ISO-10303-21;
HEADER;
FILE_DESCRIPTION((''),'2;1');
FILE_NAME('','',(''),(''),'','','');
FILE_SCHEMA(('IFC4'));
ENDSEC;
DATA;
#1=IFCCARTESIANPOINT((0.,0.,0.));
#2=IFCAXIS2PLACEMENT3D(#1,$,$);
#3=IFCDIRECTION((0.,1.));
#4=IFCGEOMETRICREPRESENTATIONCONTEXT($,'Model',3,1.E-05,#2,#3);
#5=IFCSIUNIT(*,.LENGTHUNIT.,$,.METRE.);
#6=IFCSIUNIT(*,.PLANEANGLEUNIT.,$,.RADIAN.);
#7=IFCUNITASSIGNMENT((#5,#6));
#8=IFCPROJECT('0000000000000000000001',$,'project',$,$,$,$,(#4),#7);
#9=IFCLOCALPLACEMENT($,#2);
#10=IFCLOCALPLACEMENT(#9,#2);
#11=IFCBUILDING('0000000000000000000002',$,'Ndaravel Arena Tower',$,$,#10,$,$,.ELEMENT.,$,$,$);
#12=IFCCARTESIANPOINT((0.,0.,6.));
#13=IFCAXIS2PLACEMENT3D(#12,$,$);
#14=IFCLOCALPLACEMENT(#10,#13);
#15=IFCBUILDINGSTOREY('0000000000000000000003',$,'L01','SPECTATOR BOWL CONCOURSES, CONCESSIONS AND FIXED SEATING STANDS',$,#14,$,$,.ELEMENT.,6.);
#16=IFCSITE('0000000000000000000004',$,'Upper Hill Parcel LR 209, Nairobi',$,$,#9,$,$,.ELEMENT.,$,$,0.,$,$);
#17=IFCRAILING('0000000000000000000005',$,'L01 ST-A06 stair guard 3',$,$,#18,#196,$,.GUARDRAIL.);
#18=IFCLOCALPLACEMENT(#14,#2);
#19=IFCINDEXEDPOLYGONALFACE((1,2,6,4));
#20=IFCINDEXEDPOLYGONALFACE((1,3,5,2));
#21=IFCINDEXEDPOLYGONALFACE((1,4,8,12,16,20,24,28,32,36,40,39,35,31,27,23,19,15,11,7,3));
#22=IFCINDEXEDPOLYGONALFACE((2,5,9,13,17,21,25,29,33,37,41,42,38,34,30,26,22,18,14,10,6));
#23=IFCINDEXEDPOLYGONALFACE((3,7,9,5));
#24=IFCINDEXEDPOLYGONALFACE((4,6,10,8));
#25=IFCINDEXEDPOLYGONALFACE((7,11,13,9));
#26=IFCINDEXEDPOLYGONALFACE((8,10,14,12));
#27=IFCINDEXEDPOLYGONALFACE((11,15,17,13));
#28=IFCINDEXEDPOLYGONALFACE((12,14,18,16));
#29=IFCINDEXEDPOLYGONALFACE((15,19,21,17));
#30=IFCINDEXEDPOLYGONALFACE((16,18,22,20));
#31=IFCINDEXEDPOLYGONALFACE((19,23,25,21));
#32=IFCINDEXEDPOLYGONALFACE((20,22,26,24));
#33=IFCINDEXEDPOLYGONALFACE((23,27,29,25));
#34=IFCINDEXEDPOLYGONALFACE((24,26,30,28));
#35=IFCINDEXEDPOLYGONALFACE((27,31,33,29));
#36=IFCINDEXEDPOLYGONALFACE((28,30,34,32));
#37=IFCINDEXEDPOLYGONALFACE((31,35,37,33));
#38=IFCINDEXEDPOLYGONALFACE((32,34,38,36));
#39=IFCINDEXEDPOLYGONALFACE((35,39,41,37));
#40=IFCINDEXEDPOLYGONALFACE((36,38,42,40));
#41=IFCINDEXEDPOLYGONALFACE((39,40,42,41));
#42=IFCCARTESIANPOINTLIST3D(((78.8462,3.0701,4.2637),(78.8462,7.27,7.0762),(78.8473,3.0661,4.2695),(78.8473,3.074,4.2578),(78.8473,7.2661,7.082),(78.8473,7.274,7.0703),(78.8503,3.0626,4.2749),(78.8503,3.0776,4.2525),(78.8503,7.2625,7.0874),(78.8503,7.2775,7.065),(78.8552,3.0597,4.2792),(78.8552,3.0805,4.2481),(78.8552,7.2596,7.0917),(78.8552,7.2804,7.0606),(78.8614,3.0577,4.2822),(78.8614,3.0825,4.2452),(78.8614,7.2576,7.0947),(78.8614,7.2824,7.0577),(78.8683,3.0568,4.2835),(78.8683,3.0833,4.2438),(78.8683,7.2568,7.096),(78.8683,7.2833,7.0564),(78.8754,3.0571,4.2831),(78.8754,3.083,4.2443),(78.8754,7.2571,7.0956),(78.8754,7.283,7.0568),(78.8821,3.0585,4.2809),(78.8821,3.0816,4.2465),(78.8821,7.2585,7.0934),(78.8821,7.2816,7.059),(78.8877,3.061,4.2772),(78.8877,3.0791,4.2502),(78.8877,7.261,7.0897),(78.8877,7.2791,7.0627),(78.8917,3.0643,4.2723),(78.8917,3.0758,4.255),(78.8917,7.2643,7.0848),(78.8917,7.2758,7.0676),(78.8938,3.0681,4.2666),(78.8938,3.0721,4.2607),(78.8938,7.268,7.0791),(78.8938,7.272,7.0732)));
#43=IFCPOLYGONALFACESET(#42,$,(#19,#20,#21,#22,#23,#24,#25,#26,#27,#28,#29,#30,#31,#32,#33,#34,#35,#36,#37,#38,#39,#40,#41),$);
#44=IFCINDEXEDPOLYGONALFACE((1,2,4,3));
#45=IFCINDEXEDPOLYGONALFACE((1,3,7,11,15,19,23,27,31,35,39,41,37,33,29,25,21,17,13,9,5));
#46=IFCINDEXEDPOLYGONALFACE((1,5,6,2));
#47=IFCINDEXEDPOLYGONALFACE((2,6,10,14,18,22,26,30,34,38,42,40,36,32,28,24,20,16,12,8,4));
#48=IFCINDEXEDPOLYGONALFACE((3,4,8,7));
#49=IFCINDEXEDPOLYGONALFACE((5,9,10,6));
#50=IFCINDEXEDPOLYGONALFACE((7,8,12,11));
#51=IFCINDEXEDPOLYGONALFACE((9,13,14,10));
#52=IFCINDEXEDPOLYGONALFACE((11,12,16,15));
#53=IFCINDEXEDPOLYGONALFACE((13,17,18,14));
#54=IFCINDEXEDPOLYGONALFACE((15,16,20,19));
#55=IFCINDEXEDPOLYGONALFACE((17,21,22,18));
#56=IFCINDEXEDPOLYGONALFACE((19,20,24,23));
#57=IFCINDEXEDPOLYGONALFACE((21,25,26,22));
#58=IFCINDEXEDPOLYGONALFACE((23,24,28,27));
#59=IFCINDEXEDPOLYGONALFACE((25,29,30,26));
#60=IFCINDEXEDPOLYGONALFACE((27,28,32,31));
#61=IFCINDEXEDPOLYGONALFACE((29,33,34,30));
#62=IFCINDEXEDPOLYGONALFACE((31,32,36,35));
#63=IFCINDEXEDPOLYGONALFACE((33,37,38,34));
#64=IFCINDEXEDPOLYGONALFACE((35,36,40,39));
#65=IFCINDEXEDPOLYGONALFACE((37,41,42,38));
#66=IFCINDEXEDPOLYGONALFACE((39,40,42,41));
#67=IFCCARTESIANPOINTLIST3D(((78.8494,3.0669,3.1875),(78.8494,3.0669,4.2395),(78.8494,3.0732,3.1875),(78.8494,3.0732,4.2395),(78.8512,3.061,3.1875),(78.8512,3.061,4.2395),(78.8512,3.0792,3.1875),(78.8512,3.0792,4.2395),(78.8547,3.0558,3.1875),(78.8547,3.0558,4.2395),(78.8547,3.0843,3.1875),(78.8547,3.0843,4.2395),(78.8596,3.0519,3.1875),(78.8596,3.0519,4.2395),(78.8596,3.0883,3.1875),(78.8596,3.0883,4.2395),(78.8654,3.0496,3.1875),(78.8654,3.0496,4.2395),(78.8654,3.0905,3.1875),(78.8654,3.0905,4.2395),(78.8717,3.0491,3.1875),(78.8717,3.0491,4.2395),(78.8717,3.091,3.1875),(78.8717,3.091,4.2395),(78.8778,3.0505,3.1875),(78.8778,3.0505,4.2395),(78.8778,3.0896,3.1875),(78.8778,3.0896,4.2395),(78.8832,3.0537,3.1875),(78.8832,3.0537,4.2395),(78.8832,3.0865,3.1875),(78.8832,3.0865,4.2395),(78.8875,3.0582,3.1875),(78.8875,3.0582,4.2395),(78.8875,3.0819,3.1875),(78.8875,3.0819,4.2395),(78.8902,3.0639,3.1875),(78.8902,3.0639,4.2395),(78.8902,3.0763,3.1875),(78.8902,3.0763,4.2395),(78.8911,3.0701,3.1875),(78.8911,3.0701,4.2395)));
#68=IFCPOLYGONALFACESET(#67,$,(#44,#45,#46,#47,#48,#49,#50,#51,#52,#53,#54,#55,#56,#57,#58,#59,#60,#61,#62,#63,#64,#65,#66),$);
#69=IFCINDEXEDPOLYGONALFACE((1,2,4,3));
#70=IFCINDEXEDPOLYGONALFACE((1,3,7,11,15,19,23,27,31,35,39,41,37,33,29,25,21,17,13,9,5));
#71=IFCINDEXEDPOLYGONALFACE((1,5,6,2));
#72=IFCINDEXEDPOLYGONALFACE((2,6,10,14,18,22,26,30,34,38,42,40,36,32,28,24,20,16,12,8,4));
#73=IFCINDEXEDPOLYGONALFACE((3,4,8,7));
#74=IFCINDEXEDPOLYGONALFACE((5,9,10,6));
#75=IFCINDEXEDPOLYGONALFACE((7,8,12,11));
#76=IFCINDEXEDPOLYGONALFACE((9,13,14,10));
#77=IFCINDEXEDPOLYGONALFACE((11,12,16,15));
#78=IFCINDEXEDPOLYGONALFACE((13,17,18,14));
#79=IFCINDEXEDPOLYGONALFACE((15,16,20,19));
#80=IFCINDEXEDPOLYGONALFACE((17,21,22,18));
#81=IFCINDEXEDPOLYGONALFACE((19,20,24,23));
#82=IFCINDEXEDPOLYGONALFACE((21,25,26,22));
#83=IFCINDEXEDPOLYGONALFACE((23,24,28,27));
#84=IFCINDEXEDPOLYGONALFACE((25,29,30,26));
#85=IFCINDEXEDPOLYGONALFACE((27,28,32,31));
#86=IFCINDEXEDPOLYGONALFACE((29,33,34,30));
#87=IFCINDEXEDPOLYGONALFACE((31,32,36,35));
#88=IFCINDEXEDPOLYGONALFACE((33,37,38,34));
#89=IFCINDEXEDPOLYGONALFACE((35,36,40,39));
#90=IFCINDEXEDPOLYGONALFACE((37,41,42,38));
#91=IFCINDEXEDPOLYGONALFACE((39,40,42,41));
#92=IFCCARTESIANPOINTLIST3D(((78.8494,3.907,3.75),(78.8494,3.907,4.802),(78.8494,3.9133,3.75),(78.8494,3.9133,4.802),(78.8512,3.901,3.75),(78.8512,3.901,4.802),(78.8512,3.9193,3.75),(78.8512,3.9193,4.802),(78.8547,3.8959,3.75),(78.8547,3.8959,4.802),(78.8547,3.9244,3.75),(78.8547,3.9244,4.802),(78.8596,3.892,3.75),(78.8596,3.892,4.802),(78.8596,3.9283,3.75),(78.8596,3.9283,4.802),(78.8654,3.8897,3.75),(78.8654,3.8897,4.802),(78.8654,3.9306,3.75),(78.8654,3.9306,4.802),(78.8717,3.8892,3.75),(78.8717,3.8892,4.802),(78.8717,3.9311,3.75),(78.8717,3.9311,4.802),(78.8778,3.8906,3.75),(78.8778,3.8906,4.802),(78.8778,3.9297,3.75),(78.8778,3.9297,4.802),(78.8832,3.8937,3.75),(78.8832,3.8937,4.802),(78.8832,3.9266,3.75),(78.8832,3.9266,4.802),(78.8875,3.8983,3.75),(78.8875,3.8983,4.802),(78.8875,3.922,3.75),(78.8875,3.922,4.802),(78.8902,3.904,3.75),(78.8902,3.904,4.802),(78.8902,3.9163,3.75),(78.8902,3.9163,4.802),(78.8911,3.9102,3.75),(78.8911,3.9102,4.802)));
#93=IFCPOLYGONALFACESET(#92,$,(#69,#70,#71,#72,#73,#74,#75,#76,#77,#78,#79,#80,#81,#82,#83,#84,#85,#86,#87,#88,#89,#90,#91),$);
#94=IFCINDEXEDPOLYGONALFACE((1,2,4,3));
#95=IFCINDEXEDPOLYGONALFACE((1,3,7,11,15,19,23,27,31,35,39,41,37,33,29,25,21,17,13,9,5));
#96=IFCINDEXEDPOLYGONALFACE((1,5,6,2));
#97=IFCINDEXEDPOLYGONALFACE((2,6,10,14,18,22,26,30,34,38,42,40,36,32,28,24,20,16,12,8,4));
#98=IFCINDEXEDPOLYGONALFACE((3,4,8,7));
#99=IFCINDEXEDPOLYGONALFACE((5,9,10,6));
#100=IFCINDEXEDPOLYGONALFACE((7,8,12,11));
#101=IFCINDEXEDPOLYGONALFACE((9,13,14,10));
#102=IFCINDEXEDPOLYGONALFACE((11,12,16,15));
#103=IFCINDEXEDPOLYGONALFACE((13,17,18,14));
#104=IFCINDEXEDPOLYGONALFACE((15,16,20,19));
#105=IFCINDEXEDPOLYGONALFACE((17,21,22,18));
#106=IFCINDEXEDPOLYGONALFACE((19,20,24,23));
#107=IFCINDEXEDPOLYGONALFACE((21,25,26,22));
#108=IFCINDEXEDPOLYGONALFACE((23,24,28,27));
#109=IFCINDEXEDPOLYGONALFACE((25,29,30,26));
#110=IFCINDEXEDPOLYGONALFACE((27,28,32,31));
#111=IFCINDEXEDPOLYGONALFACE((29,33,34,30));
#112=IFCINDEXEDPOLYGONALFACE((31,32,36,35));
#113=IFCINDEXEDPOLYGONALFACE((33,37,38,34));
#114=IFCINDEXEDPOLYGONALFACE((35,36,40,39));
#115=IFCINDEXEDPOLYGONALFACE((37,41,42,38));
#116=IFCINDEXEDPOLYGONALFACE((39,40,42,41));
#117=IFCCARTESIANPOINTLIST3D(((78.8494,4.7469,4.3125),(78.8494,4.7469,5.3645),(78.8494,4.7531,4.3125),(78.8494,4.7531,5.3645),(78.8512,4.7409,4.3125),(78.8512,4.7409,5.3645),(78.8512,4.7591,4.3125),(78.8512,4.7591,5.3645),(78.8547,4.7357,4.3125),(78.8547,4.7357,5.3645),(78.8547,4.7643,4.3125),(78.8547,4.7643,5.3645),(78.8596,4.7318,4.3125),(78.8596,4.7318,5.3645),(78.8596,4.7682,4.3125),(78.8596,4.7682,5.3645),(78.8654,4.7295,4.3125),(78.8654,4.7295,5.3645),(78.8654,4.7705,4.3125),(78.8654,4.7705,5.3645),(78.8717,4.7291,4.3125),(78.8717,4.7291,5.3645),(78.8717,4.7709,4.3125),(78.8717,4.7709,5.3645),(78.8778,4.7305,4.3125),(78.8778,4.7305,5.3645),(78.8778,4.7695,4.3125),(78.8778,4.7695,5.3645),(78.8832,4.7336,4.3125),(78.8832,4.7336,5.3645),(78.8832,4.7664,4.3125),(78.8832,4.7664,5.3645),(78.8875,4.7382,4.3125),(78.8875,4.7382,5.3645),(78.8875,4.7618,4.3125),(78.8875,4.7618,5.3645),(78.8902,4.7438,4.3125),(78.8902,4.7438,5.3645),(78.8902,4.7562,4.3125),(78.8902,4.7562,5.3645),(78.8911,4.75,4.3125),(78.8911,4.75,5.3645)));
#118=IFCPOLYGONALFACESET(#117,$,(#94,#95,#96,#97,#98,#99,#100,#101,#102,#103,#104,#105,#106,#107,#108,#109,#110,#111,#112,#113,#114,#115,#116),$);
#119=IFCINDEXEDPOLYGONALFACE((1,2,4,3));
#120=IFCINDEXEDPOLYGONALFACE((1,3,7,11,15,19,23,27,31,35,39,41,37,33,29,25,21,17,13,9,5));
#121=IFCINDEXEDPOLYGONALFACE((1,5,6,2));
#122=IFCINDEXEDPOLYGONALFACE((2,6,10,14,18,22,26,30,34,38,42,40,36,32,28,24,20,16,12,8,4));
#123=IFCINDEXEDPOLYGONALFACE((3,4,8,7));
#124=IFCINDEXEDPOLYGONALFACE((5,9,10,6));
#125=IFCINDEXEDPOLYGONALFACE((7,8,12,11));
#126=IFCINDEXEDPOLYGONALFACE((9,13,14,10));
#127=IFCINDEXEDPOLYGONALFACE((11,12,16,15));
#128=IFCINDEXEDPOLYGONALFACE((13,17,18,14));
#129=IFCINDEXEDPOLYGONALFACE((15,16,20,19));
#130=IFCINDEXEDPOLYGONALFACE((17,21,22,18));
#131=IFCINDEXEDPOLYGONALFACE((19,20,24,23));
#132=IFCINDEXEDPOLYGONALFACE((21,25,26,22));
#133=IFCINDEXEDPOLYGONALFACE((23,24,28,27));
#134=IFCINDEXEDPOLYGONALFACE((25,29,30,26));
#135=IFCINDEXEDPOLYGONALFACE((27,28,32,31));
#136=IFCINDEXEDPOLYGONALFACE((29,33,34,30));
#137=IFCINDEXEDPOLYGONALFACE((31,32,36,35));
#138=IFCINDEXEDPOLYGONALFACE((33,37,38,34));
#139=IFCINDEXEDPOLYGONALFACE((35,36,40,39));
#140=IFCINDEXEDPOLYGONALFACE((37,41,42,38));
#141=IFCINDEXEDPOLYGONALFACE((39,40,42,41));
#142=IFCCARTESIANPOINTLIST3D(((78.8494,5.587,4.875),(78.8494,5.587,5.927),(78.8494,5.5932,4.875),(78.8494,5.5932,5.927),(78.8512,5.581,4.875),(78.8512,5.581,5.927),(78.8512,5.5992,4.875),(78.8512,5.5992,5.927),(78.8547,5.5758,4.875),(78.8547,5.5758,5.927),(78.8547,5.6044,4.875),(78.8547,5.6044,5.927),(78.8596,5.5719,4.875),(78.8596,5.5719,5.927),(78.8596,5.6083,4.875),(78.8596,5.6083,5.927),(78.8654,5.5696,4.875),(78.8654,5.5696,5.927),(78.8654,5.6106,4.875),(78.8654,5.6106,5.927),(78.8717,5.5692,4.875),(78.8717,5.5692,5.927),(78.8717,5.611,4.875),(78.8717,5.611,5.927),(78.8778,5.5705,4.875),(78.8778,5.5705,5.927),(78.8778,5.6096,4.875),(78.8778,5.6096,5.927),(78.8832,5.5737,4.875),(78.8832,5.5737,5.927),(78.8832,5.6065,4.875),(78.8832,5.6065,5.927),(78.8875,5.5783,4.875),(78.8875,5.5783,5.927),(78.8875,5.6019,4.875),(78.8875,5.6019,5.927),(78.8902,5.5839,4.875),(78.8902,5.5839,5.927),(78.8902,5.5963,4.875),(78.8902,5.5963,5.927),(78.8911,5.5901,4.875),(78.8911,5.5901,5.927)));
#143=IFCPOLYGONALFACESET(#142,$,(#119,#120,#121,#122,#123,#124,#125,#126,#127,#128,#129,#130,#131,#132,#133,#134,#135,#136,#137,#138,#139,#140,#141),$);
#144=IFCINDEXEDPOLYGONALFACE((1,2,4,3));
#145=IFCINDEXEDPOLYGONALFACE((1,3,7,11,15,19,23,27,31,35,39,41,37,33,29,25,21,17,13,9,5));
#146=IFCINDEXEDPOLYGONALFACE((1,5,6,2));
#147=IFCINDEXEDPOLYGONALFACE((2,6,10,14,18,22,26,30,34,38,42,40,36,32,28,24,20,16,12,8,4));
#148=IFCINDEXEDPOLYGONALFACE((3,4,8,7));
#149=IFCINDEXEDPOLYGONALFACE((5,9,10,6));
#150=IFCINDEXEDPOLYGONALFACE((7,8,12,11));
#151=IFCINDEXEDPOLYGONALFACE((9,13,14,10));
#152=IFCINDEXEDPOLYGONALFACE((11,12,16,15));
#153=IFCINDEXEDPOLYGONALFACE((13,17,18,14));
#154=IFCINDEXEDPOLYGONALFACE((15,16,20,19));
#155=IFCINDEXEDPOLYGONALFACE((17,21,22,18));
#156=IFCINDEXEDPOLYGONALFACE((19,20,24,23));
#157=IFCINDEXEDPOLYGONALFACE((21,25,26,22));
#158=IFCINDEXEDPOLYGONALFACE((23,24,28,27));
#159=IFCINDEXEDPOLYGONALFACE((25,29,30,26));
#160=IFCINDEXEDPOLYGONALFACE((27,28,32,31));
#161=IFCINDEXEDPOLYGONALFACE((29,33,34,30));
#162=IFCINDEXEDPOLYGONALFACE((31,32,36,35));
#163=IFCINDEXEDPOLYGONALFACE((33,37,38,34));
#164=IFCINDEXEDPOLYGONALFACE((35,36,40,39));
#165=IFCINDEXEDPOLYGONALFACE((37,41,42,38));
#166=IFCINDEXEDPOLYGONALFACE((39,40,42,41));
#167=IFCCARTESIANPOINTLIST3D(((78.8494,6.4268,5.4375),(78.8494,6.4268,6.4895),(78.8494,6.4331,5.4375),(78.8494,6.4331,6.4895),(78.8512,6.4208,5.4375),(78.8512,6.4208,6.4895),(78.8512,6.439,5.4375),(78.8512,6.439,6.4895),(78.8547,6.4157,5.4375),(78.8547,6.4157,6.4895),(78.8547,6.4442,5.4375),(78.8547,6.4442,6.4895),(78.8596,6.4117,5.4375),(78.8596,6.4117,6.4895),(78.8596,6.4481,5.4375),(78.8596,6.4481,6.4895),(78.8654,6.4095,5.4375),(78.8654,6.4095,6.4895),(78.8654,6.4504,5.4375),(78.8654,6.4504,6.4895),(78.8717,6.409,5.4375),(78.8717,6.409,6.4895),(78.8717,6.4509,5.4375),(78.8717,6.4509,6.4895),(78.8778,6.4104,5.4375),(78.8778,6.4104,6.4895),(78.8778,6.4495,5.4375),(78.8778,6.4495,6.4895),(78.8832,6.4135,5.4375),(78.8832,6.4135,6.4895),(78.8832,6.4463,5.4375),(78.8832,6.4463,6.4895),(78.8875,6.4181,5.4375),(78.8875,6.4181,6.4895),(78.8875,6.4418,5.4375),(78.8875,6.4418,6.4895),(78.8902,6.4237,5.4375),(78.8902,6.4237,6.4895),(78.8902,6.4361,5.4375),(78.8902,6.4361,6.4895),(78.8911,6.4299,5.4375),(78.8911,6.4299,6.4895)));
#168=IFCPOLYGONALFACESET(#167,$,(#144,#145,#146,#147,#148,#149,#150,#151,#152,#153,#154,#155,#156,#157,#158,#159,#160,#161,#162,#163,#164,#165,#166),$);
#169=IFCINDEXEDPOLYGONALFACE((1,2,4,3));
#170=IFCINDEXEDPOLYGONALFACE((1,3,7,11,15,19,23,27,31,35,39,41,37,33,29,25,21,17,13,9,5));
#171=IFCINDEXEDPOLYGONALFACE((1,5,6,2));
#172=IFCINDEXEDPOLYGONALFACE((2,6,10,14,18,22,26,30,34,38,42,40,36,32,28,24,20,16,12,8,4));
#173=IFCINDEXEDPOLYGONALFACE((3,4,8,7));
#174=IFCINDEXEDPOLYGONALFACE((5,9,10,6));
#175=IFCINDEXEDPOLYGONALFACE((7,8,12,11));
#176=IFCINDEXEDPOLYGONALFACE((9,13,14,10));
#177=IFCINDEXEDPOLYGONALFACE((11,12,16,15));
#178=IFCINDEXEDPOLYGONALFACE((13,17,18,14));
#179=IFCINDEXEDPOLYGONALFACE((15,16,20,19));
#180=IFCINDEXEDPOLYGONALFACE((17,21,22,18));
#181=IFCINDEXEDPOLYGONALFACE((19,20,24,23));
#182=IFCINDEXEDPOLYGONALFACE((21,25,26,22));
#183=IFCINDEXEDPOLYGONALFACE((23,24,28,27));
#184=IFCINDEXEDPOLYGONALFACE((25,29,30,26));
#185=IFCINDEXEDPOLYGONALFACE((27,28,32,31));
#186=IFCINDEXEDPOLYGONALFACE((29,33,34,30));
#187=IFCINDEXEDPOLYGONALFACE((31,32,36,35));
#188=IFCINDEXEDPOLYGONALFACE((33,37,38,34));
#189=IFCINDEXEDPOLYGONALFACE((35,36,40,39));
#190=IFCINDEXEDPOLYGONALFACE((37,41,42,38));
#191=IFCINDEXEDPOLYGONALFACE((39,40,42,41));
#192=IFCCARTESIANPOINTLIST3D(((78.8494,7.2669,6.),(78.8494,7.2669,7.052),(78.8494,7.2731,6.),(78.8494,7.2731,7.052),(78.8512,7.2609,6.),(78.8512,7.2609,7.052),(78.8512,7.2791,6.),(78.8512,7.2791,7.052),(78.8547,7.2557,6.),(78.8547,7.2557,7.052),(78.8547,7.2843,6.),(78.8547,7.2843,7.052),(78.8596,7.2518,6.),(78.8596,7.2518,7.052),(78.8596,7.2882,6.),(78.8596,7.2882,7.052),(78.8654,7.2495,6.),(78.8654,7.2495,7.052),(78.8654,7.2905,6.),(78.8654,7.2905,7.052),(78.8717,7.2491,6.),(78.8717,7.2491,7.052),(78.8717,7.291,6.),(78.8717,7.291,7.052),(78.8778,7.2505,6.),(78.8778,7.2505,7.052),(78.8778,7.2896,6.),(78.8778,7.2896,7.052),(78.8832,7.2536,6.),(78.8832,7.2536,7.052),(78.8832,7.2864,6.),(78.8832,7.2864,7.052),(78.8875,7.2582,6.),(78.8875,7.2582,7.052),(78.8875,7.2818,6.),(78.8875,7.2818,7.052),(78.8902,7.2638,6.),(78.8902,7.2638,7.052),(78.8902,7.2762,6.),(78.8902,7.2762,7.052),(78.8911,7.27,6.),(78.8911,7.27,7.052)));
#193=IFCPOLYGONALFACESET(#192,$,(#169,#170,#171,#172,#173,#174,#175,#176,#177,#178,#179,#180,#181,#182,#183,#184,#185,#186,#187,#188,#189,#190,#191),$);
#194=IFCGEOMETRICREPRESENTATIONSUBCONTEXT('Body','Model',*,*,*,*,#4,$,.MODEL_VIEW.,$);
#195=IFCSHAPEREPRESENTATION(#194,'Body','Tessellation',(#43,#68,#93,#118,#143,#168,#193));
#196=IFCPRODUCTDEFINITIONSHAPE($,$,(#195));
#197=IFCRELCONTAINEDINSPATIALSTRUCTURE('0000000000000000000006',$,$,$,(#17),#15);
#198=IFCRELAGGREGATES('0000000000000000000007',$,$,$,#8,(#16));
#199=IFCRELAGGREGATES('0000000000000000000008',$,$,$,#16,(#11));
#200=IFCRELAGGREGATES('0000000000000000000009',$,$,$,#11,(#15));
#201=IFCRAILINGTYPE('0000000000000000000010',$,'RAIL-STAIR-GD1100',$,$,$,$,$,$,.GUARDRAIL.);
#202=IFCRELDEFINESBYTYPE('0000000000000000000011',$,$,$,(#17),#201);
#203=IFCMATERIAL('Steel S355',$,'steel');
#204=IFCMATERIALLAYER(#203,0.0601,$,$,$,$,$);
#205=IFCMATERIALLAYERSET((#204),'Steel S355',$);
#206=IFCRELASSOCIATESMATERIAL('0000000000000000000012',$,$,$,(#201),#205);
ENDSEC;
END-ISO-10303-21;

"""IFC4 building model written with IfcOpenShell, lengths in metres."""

from ifc_helpers import new_model, si_unit, direction, frame, origin, origin_2d, place, context, subcontext, project, spatial, circle, extrude, material, layer, layer_set, type_object, element, save


model = new_model("IFC4")

# Units and contexts
model_context = context("Model", 3, precision=1e-05, world=origin(), true_north=direction((0.0, 1.0)))
body_context = subcontext(model_context, "Body", "Model", "MODEL_VIEW")
ifc_project = project(units=[si_unit("LENGTHUNIT", "METRE"), si_unit("PLANEANGLEUNIT", "RADIAN")], contexts=[model_context])

# Site, building, storey
site_placement = place(None, origin())
site = spatial("IfcSite", under=ifc_project, at=site_placement, Name="Upper Hill Parcel LR 209, Nairobi", CompositionType="ELEMENT", RefElevation=0.0)
building_placement = place(site_placement, origin())
building = spatial("IfcBuilding", under=site, at=building_placement, Name="Ndaravel Arena Tower", CompositionType="ELEMENT")
storey_placement = place(building_placement, frame((0.0, 0.0, 6.0)))
storey = spatial("IfcBuildingStorey", under=building, at=storey_placement, Name="L01", Description="SPECTATOR BOWL CONCOURSES, CONCESSIONS AND FIXED SEATING STANDS", CompositionType="ELEMENT", Elevation=6.0)

# Railing
ifc_material_1 = material(Name="Steel S355", Category="steel")
ifc_layer_1 = layer(ifc_material_1, 0.0601)
ifc_layer_set_1 = layer_set([ifc_layer_1], Name="Steel S355")
railing_type_1 = type_object("IfcRailingType", Name="RAIL-STAIR-GD1100", PredefinedType="GUARDRAIL", material=ifc_layer_set_1)
railing_1_placement = place(storey_placement, frame((78.8701, 3.0701, 3.1875)))
element("IfcRailing", 1, at=railing_1_placement, inside=storey, type_object=railing_type_1, Name="L01 ST-A06 stair guard 3", PredefinedType="GUARDRAIL", context=body_context, shape_type="SweptSolid", body=[
    extrude(circle(Radius=0.0239, at=origin_2d()), frame((0.0, 0.0, 1.0762), z_axis=(0.0, 0.830904, 0.556416), x_axis=(-1.0, 0.0, 0.0)), (0.0, 0.0, 1.0), 5.0547),
    extrude(circle(Radius=0.021, at=origin_2d()), origin(), (0.0, 0.0, 1.0), 1.052),
    extrude(circle(Radius=0.021, at=origin_2d()), frame((0.0, 0.8401, 0.5625)), (0.0, 0.0, 1.0), 1.052),
    extrude(circle(Radius=0.021, at=origin_2d()), frame((0.0, 1.6799, 1.125)), (0.0, 0.0, 1.0), 1.052),
    extrude(circle(Radius=0.021, at=origin_2d()), frame((0.0, 2.52, 1.6875)), (0.0, 0.0, 1.0), 1.052),
    extrude(circle(Radius=0.021, at=origin_2d()), frame((0.0, 3.3599, 2.25)), (0.0, 0.0, 1.0), 1.052),
    extrude(circle(Radius=0.021, at=origin_2d()), frame((0.0, 4.2, 2.8125)), (0.0, 0.0, 1.0), 1.052),
])

save(model, "model.ifc")
